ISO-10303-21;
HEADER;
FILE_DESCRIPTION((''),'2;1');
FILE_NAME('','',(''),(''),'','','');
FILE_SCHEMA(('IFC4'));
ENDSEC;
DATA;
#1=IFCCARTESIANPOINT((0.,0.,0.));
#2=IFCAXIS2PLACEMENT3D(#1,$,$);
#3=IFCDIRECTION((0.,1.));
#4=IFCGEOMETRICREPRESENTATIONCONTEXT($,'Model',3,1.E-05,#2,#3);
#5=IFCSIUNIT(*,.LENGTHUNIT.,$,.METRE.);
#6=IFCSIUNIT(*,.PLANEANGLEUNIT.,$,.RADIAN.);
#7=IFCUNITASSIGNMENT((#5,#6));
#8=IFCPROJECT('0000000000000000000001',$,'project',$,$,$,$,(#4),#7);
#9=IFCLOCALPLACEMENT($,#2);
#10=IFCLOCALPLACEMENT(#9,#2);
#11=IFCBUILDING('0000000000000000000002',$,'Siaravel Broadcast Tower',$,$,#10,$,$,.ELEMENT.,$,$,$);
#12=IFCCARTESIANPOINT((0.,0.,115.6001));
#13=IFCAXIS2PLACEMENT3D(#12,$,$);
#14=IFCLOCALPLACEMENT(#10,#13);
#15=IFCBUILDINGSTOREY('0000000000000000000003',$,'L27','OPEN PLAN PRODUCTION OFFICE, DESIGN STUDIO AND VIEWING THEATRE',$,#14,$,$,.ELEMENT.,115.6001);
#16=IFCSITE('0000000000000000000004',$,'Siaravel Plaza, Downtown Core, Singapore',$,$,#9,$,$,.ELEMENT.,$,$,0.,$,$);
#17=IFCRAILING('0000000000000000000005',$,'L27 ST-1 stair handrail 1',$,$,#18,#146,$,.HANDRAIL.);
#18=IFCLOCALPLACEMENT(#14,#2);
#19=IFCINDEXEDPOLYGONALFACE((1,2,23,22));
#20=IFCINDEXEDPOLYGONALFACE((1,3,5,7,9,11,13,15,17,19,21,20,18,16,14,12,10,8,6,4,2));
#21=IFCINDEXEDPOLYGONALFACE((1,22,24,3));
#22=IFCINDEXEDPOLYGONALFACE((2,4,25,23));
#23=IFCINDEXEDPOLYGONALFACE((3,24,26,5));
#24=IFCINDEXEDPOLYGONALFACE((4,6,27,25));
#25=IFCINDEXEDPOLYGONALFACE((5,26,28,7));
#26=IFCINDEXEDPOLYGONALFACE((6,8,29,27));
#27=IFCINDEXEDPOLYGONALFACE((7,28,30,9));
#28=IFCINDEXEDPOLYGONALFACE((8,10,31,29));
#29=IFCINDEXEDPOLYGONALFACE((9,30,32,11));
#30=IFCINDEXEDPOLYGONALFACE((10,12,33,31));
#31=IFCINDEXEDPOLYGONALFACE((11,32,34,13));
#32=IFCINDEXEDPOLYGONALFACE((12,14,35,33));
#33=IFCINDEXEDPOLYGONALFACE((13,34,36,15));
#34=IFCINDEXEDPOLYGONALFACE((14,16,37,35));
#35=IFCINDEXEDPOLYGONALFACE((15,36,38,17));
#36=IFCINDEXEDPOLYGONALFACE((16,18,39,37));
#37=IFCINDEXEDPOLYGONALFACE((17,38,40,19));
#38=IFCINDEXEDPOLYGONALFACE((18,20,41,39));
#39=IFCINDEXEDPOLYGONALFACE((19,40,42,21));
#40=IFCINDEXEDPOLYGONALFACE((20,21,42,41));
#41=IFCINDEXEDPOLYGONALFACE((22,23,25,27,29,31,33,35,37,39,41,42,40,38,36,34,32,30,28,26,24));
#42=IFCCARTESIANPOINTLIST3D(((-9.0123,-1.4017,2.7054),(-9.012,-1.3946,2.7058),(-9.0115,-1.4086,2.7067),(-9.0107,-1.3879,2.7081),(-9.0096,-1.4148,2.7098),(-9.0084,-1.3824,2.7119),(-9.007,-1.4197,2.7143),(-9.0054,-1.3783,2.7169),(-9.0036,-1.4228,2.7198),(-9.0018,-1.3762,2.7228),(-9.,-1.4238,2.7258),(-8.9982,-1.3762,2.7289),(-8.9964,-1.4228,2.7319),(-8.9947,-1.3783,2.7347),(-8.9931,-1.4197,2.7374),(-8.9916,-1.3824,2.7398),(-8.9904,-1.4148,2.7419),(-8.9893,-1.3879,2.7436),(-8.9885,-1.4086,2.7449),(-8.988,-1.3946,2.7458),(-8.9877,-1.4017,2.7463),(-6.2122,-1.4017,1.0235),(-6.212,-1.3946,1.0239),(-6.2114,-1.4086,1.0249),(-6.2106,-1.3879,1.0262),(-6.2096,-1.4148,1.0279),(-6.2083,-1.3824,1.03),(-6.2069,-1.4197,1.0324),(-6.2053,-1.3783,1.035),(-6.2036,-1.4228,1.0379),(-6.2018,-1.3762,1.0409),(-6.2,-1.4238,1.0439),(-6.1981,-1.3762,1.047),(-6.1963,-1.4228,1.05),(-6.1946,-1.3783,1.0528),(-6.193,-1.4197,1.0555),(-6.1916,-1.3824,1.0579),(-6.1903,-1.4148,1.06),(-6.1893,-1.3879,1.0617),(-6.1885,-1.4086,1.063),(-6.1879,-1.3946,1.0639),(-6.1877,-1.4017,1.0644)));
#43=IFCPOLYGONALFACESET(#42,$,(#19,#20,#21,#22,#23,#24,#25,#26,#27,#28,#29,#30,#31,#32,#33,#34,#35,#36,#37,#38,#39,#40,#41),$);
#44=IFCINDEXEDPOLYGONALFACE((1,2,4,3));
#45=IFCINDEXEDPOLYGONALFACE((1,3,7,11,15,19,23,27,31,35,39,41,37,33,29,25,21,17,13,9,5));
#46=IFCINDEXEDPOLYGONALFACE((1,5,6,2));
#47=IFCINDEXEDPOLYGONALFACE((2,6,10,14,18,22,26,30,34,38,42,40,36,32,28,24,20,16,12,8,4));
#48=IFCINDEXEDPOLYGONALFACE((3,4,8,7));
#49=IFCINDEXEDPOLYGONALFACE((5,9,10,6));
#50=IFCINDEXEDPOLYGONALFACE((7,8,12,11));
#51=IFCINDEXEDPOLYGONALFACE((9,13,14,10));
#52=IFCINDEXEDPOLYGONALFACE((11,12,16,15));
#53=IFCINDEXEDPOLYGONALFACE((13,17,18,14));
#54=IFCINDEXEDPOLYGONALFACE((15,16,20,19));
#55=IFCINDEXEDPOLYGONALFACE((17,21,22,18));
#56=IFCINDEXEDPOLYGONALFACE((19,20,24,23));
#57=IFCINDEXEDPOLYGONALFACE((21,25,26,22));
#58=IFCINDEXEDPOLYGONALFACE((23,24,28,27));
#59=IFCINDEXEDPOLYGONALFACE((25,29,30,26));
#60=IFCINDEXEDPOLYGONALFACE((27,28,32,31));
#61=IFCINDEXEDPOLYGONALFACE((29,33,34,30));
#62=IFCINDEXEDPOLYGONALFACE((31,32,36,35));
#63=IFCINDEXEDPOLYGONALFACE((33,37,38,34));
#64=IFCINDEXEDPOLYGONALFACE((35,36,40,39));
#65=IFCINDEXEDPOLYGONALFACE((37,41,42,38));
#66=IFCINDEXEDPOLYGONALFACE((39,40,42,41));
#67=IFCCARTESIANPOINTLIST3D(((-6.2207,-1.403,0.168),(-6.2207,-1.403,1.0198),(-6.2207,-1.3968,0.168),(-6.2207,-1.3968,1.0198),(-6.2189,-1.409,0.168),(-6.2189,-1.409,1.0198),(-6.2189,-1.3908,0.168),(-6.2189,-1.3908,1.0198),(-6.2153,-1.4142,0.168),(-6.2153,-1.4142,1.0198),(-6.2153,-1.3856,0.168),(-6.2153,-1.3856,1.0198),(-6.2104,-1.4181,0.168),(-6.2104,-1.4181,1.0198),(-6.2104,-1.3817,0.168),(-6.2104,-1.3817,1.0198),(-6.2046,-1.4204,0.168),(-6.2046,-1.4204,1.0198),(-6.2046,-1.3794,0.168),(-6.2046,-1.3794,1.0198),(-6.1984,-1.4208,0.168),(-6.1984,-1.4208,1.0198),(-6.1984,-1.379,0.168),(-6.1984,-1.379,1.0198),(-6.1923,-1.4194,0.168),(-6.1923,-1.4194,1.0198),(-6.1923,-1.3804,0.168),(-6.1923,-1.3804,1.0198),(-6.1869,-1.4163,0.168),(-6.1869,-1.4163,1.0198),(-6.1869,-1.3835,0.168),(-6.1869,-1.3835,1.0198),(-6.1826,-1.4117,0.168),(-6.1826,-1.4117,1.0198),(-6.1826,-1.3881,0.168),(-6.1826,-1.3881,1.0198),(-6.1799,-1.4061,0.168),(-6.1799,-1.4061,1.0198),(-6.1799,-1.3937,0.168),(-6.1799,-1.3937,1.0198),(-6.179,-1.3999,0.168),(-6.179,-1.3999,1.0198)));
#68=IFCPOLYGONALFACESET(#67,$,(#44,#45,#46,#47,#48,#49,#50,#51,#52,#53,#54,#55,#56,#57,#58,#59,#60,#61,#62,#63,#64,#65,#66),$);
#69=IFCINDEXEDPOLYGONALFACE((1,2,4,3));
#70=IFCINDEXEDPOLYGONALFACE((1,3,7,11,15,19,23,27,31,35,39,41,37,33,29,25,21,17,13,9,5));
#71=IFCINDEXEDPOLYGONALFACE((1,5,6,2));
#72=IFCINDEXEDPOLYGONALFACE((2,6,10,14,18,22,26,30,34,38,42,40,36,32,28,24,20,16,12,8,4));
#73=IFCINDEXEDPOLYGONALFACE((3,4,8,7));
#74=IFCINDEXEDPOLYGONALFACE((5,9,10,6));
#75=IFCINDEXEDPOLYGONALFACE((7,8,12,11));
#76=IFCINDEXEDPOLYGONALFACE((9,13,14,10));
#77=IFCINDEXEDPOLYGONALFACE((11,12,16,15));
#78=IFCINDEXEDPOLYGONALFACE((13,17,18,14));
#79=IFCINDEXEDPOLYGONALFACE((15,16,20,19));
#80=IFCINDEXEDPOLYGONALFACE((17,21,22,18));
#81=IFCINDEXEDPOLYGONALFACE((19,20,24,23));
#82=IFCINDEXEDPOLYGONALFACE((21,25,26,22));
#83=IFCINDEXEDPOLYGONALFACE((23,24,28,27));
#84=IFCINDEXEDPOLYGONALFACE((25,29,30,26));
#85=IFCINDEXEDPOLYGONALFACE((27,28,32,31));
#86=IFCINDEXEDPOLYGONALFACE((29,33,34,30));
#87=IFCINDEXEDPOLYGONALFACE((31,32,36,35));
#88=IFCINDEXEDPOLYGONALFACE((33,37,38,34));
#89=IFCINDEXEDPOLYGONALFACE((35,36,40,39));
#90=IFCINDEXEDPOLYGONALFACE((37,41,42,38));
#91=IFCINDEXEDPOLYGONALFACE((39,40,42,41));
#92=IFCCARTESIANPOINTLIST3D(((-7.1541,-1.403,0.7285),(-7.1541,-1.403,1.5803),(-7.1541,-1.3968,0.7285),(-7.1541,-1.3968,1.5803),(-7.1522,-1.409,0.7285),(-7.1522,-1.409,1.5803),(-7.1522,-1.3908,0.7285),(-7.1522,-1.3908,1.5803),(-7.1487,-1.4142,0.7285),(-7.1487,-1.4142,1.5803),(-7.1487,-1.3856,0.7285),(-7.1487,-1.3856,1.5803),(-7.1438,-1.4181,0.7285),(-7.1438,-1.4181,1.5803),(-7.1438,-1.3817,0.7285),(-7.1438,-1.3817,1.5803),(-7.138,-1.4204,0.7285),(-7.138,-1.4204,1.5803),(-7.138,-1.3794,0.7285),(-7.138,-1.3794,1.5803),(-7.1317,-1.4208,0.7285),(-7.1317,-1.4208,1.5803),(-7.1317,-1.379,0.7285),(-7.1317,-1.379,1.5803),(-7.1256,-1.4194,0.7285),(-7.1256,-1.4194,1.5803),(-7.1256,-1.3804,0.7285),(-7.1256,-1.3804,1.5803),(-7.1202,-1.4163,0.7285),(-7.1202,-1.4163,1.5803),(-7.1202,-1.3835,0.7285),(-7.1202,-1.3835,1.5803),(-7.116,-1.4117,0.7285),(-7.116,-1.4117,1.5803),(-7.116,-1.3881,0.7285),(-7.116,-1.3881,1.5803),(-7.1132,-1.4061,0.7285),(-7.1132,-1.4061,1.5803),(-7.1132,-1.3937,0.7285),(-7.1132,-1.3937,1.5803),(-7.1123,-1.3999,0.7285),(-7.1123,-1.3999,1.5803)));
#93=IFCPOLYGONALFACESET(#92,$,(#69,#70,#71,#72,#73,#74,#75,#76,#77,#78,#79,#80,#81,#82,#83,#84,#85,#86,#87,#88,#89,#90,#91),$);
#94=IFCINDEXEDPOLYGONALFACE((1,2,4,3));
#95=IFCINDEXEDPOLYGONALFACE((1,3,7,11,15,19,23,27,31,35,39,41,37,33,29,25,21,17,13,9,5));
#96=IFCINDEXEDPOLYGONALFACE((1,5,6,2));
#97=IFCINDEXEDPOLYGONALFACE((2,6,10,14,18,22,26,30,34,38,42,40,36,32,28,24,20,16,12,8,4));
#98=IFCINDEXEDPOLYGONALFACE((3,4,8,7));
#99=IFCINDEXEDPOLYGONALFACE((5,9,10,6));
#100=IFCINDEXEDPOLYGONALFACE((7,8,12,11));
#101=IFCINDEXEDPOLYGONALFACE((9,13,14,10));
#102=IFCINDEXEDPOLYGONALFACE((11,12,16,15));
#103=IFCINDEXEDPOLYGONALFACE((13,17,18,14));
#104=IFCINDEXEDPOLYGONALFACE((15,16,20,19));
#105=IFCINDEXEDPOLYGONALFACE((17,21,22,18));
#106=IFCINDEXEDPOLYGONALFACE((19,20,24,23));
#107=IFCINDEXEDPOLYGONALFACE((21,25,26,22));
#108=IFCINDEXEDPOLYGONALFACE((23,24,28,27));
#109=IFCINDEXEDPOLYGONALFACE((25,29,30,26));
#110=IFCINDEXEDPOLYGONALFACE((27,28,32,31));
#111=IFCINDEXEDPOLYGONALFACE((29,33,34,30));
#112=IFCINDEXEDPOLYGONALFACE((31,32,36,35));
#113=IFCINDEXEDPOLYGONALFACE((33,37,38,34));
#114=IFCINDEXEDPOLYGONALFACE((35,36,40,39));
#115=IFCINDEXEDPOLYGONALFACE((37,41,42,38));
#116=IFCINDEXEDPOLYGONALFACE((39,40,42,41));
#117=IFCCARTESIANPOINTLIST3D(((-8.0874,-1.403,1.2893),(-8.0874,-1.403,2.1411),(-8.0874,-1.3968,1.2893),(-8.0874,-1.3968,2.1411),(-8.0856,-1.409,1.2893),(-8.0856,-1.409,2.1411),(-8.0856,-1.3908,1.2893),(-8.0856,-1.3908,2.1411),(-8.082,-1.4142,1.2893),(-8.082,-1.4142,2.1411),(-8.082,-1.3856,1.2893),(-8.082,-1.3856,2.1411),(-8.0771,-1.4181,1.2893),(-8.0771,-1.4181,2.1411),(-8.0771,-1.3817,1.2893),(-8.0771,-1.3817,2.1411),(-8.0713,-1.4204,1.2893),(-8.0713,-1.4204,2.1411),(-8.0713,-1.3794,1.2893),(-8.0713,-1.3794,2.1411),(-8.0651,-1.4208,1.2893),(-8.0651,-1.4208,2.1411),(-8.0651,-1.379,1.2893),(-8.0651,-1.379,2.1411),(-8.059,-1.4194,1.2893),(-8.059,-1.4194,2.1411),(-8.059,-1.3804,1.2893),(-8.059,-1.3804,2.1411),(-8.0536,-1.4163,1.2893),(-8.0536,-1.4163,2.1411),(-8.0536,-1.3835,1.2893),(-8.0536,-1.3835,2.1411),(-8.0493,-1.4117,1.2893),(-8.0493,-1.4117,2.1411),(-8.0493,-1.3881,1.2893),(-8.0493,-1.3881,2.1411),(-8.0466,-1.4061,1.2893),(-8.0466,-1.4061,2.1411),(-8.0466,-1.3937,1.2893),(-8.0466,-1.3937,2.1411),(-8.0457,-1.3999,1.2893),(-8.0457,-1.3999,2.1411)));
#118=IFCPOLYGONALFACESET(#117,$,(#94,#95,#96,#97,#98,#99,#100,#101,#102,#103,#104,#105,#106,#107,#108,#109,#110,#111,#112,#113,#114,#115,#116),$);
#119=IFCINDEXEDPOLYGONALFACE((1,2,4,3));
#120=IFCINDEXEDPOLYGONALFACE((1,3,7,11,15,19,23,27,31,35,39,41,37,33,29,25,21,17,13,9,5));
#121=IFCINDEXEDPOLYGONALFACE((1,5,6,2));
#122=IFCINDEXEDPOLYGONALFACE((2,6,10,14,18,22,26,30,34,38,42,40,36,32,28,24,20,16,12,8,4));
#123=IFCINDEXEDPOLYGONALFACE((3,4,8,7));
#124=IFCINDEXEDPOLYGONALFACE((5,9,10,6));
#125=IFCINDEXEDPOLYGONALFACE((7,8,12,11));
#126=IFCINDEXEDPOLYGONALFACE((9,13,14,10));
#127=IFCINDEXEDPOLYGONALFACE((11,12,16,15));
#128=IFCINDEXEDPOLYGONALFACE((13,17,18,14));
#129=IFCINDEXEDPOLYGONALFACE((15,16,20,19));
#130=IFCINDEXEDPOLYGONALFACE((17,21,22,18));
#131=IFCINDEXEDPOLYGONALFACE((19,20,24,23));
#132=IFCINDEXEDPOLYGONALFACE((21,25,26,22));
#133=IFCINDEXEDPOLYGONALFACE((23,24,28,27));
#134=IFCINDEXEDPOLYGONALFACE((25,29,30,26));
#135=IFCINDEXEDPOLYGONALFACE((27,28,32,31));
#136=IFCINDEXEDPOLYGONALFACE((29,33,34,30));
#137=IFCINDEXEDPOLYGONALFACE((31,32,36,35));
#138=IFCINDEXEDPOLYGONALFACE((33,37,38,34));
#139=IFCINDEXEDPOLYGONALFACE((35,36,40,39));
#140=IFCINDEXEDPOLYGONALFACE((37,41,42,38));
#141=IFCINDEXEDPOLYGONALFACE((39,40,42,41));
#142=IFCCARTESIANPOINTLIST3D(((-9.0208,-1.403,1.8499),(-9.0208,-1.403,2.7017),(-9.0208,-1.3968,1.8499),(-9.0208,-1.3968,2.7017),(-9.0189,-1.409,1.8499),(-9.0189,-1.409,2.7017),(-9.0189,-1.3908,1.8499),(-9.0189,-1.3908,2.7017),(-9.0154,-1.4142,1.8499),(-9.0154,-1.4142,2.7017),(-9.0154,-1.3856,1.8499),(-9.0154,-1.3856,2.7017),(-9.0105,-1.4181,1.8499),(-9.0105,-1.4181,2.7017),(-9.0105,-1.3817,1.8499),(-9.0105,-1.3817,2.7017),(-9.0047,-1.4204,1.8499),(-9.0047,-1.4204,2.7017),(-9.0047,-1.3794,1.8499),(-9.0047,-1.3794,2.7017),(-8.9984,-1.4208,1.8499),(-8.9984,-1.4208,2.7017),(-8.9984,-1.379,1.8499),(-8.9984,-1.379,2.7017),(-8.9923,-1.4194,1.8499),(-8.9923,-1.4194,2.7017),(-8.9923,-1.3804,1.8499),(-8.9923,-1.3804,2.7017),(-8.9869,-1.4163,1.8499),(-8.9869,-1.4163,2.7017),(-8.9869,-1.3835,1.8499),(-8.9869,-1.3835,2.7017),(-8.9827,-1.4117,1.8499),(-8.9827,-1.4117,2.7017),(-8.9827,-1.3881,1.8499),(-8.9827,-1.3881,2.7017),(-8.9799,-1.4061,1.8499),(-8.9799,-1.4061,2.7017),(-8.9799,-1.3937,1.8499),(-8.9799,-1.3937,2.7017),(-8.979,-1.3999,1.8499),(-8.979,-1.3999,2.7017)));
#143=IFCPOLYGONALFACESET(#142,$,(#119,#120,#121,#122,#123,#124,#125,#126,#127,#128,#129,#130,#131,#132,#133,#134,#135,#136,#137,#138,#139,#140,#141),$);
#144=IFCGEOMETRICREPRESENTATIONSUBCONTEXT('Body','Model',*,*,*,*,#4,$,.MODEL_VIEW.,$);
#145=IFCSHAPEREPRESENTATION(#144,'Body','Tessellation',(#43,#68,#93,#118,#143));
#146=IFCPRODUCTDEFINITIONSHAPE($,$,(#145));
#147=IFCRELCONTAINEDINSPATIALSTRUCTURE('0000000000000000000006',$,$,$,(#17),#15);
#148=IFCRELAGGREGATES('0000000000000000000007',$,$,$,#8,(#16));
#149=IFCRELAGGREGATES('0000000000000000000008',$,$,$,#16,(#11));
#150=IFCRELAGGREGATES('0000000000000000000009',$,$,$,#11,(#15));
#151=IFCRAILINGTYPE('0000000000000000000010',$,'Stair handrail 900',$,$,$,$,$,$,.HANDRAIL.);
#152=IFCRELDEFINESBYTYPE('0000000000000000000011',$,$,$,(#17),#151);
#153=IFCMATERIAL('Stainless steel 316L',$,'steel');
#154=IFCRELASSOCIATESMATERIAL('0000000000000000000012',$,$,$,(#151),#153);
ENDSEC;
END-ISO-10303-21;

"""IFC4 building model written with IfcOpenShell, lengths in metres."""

from ifc_helpers import new_model, si_unit, direction, frame, origin, origin_2d, place, context, subcontext, project, spatial, circle, extrude, material, type_object, element, save


model = new_model("IFC4")

# Units and contexts
model_context = context("Model", 3, precision=1e-05, world=origin(), true_north=direction((0.0, 1.0)))
body_context = subcontext(model_context, "Body", "Model", "MODEL_VIEW")
ifc_project = project(units=[si_unit("LENGTHUNIT", "METRE"), si_unit("PLANEANGLEUNIT", "RADIAN")], contexts=[model_context])

# Site, building, storey
site_placement = place(None, origin())
site = spatial("IfcSite", under=ifc_project, at=site_placement, Name="Siaravel Plaza, Downtown Core, Singapore", CompositionType="ELEMENT", RefElevation=0.0)
building_placement = place(site_placement, origin())
building = spatial("IfcBuilding", under=site, at=building_placement, Name="Siaravel Broadcast Tower", CompositionType="ELEMENT")
storey_placement = place(building_placement, frame((0.0, 0.0, 115.6001)))
storey = spatial("IfcBuildingStorey", under=building, at=storey_placement, Name="L27", Description="OPEN PLAN PRODUCTION OFFICE, DESIGN STUDIO AND VIEWING THEATRE", CompositionType="ELEMENT", Elevation=115.6001)

# Shared definitions
ifc_material_1 = material(Name="Stainless steel 316L", Category="steel")

# Railing
railing_type = type_object("IfcRailingType", Name="Stair handrail 900", PredefinedType="HANDRAIL", material=ifc_material_1)
railing_placement = place(storey_placement, frame((-6.2, -1.3999, 0.168)))
element("IfcRailing", 1, at=railing_placement, inside=storey, type_object=railing_type, Name="L27 ST-1 stair handrail 1", PredefinedType="HANDRAIL", context=body_context, shape_type="SweptSolid", body=[
    extrude(circle(Radius=0.0239, at=origin_2d()), frame((0.0, 0.0, 0.876), z_axis=(-0.857242, 0.0, 0.514913), x_axis=(0.0, -1.0, 0.0)), (0.0, 0.0, 1.0), 3.2664),
    extrude(circle(Radius=0.021, at=origin_2d()), origin(), (0.0, 0.0, 1.0), 0.8518),
    extrude(circle(Radius=0.021, at=origin_2d()), frame((-0.9333, 0.0, 0.5605)), (0.0, 0.0, 1.0), 0.8518),
    extrude(circle(Radius=0.021, at=origin_2d()), frame((-1.8667, 0.0, 1.1213)), (0.0, 0.0, 1.0), 0.8518),
    extrude(circle(Radius=0.021, at=origin_2d()), frame((-2.8, 0.0, 1.6819)), (0.0, 0.0, 1.0), 0.8518),
])

save(model, "model.ifc")
